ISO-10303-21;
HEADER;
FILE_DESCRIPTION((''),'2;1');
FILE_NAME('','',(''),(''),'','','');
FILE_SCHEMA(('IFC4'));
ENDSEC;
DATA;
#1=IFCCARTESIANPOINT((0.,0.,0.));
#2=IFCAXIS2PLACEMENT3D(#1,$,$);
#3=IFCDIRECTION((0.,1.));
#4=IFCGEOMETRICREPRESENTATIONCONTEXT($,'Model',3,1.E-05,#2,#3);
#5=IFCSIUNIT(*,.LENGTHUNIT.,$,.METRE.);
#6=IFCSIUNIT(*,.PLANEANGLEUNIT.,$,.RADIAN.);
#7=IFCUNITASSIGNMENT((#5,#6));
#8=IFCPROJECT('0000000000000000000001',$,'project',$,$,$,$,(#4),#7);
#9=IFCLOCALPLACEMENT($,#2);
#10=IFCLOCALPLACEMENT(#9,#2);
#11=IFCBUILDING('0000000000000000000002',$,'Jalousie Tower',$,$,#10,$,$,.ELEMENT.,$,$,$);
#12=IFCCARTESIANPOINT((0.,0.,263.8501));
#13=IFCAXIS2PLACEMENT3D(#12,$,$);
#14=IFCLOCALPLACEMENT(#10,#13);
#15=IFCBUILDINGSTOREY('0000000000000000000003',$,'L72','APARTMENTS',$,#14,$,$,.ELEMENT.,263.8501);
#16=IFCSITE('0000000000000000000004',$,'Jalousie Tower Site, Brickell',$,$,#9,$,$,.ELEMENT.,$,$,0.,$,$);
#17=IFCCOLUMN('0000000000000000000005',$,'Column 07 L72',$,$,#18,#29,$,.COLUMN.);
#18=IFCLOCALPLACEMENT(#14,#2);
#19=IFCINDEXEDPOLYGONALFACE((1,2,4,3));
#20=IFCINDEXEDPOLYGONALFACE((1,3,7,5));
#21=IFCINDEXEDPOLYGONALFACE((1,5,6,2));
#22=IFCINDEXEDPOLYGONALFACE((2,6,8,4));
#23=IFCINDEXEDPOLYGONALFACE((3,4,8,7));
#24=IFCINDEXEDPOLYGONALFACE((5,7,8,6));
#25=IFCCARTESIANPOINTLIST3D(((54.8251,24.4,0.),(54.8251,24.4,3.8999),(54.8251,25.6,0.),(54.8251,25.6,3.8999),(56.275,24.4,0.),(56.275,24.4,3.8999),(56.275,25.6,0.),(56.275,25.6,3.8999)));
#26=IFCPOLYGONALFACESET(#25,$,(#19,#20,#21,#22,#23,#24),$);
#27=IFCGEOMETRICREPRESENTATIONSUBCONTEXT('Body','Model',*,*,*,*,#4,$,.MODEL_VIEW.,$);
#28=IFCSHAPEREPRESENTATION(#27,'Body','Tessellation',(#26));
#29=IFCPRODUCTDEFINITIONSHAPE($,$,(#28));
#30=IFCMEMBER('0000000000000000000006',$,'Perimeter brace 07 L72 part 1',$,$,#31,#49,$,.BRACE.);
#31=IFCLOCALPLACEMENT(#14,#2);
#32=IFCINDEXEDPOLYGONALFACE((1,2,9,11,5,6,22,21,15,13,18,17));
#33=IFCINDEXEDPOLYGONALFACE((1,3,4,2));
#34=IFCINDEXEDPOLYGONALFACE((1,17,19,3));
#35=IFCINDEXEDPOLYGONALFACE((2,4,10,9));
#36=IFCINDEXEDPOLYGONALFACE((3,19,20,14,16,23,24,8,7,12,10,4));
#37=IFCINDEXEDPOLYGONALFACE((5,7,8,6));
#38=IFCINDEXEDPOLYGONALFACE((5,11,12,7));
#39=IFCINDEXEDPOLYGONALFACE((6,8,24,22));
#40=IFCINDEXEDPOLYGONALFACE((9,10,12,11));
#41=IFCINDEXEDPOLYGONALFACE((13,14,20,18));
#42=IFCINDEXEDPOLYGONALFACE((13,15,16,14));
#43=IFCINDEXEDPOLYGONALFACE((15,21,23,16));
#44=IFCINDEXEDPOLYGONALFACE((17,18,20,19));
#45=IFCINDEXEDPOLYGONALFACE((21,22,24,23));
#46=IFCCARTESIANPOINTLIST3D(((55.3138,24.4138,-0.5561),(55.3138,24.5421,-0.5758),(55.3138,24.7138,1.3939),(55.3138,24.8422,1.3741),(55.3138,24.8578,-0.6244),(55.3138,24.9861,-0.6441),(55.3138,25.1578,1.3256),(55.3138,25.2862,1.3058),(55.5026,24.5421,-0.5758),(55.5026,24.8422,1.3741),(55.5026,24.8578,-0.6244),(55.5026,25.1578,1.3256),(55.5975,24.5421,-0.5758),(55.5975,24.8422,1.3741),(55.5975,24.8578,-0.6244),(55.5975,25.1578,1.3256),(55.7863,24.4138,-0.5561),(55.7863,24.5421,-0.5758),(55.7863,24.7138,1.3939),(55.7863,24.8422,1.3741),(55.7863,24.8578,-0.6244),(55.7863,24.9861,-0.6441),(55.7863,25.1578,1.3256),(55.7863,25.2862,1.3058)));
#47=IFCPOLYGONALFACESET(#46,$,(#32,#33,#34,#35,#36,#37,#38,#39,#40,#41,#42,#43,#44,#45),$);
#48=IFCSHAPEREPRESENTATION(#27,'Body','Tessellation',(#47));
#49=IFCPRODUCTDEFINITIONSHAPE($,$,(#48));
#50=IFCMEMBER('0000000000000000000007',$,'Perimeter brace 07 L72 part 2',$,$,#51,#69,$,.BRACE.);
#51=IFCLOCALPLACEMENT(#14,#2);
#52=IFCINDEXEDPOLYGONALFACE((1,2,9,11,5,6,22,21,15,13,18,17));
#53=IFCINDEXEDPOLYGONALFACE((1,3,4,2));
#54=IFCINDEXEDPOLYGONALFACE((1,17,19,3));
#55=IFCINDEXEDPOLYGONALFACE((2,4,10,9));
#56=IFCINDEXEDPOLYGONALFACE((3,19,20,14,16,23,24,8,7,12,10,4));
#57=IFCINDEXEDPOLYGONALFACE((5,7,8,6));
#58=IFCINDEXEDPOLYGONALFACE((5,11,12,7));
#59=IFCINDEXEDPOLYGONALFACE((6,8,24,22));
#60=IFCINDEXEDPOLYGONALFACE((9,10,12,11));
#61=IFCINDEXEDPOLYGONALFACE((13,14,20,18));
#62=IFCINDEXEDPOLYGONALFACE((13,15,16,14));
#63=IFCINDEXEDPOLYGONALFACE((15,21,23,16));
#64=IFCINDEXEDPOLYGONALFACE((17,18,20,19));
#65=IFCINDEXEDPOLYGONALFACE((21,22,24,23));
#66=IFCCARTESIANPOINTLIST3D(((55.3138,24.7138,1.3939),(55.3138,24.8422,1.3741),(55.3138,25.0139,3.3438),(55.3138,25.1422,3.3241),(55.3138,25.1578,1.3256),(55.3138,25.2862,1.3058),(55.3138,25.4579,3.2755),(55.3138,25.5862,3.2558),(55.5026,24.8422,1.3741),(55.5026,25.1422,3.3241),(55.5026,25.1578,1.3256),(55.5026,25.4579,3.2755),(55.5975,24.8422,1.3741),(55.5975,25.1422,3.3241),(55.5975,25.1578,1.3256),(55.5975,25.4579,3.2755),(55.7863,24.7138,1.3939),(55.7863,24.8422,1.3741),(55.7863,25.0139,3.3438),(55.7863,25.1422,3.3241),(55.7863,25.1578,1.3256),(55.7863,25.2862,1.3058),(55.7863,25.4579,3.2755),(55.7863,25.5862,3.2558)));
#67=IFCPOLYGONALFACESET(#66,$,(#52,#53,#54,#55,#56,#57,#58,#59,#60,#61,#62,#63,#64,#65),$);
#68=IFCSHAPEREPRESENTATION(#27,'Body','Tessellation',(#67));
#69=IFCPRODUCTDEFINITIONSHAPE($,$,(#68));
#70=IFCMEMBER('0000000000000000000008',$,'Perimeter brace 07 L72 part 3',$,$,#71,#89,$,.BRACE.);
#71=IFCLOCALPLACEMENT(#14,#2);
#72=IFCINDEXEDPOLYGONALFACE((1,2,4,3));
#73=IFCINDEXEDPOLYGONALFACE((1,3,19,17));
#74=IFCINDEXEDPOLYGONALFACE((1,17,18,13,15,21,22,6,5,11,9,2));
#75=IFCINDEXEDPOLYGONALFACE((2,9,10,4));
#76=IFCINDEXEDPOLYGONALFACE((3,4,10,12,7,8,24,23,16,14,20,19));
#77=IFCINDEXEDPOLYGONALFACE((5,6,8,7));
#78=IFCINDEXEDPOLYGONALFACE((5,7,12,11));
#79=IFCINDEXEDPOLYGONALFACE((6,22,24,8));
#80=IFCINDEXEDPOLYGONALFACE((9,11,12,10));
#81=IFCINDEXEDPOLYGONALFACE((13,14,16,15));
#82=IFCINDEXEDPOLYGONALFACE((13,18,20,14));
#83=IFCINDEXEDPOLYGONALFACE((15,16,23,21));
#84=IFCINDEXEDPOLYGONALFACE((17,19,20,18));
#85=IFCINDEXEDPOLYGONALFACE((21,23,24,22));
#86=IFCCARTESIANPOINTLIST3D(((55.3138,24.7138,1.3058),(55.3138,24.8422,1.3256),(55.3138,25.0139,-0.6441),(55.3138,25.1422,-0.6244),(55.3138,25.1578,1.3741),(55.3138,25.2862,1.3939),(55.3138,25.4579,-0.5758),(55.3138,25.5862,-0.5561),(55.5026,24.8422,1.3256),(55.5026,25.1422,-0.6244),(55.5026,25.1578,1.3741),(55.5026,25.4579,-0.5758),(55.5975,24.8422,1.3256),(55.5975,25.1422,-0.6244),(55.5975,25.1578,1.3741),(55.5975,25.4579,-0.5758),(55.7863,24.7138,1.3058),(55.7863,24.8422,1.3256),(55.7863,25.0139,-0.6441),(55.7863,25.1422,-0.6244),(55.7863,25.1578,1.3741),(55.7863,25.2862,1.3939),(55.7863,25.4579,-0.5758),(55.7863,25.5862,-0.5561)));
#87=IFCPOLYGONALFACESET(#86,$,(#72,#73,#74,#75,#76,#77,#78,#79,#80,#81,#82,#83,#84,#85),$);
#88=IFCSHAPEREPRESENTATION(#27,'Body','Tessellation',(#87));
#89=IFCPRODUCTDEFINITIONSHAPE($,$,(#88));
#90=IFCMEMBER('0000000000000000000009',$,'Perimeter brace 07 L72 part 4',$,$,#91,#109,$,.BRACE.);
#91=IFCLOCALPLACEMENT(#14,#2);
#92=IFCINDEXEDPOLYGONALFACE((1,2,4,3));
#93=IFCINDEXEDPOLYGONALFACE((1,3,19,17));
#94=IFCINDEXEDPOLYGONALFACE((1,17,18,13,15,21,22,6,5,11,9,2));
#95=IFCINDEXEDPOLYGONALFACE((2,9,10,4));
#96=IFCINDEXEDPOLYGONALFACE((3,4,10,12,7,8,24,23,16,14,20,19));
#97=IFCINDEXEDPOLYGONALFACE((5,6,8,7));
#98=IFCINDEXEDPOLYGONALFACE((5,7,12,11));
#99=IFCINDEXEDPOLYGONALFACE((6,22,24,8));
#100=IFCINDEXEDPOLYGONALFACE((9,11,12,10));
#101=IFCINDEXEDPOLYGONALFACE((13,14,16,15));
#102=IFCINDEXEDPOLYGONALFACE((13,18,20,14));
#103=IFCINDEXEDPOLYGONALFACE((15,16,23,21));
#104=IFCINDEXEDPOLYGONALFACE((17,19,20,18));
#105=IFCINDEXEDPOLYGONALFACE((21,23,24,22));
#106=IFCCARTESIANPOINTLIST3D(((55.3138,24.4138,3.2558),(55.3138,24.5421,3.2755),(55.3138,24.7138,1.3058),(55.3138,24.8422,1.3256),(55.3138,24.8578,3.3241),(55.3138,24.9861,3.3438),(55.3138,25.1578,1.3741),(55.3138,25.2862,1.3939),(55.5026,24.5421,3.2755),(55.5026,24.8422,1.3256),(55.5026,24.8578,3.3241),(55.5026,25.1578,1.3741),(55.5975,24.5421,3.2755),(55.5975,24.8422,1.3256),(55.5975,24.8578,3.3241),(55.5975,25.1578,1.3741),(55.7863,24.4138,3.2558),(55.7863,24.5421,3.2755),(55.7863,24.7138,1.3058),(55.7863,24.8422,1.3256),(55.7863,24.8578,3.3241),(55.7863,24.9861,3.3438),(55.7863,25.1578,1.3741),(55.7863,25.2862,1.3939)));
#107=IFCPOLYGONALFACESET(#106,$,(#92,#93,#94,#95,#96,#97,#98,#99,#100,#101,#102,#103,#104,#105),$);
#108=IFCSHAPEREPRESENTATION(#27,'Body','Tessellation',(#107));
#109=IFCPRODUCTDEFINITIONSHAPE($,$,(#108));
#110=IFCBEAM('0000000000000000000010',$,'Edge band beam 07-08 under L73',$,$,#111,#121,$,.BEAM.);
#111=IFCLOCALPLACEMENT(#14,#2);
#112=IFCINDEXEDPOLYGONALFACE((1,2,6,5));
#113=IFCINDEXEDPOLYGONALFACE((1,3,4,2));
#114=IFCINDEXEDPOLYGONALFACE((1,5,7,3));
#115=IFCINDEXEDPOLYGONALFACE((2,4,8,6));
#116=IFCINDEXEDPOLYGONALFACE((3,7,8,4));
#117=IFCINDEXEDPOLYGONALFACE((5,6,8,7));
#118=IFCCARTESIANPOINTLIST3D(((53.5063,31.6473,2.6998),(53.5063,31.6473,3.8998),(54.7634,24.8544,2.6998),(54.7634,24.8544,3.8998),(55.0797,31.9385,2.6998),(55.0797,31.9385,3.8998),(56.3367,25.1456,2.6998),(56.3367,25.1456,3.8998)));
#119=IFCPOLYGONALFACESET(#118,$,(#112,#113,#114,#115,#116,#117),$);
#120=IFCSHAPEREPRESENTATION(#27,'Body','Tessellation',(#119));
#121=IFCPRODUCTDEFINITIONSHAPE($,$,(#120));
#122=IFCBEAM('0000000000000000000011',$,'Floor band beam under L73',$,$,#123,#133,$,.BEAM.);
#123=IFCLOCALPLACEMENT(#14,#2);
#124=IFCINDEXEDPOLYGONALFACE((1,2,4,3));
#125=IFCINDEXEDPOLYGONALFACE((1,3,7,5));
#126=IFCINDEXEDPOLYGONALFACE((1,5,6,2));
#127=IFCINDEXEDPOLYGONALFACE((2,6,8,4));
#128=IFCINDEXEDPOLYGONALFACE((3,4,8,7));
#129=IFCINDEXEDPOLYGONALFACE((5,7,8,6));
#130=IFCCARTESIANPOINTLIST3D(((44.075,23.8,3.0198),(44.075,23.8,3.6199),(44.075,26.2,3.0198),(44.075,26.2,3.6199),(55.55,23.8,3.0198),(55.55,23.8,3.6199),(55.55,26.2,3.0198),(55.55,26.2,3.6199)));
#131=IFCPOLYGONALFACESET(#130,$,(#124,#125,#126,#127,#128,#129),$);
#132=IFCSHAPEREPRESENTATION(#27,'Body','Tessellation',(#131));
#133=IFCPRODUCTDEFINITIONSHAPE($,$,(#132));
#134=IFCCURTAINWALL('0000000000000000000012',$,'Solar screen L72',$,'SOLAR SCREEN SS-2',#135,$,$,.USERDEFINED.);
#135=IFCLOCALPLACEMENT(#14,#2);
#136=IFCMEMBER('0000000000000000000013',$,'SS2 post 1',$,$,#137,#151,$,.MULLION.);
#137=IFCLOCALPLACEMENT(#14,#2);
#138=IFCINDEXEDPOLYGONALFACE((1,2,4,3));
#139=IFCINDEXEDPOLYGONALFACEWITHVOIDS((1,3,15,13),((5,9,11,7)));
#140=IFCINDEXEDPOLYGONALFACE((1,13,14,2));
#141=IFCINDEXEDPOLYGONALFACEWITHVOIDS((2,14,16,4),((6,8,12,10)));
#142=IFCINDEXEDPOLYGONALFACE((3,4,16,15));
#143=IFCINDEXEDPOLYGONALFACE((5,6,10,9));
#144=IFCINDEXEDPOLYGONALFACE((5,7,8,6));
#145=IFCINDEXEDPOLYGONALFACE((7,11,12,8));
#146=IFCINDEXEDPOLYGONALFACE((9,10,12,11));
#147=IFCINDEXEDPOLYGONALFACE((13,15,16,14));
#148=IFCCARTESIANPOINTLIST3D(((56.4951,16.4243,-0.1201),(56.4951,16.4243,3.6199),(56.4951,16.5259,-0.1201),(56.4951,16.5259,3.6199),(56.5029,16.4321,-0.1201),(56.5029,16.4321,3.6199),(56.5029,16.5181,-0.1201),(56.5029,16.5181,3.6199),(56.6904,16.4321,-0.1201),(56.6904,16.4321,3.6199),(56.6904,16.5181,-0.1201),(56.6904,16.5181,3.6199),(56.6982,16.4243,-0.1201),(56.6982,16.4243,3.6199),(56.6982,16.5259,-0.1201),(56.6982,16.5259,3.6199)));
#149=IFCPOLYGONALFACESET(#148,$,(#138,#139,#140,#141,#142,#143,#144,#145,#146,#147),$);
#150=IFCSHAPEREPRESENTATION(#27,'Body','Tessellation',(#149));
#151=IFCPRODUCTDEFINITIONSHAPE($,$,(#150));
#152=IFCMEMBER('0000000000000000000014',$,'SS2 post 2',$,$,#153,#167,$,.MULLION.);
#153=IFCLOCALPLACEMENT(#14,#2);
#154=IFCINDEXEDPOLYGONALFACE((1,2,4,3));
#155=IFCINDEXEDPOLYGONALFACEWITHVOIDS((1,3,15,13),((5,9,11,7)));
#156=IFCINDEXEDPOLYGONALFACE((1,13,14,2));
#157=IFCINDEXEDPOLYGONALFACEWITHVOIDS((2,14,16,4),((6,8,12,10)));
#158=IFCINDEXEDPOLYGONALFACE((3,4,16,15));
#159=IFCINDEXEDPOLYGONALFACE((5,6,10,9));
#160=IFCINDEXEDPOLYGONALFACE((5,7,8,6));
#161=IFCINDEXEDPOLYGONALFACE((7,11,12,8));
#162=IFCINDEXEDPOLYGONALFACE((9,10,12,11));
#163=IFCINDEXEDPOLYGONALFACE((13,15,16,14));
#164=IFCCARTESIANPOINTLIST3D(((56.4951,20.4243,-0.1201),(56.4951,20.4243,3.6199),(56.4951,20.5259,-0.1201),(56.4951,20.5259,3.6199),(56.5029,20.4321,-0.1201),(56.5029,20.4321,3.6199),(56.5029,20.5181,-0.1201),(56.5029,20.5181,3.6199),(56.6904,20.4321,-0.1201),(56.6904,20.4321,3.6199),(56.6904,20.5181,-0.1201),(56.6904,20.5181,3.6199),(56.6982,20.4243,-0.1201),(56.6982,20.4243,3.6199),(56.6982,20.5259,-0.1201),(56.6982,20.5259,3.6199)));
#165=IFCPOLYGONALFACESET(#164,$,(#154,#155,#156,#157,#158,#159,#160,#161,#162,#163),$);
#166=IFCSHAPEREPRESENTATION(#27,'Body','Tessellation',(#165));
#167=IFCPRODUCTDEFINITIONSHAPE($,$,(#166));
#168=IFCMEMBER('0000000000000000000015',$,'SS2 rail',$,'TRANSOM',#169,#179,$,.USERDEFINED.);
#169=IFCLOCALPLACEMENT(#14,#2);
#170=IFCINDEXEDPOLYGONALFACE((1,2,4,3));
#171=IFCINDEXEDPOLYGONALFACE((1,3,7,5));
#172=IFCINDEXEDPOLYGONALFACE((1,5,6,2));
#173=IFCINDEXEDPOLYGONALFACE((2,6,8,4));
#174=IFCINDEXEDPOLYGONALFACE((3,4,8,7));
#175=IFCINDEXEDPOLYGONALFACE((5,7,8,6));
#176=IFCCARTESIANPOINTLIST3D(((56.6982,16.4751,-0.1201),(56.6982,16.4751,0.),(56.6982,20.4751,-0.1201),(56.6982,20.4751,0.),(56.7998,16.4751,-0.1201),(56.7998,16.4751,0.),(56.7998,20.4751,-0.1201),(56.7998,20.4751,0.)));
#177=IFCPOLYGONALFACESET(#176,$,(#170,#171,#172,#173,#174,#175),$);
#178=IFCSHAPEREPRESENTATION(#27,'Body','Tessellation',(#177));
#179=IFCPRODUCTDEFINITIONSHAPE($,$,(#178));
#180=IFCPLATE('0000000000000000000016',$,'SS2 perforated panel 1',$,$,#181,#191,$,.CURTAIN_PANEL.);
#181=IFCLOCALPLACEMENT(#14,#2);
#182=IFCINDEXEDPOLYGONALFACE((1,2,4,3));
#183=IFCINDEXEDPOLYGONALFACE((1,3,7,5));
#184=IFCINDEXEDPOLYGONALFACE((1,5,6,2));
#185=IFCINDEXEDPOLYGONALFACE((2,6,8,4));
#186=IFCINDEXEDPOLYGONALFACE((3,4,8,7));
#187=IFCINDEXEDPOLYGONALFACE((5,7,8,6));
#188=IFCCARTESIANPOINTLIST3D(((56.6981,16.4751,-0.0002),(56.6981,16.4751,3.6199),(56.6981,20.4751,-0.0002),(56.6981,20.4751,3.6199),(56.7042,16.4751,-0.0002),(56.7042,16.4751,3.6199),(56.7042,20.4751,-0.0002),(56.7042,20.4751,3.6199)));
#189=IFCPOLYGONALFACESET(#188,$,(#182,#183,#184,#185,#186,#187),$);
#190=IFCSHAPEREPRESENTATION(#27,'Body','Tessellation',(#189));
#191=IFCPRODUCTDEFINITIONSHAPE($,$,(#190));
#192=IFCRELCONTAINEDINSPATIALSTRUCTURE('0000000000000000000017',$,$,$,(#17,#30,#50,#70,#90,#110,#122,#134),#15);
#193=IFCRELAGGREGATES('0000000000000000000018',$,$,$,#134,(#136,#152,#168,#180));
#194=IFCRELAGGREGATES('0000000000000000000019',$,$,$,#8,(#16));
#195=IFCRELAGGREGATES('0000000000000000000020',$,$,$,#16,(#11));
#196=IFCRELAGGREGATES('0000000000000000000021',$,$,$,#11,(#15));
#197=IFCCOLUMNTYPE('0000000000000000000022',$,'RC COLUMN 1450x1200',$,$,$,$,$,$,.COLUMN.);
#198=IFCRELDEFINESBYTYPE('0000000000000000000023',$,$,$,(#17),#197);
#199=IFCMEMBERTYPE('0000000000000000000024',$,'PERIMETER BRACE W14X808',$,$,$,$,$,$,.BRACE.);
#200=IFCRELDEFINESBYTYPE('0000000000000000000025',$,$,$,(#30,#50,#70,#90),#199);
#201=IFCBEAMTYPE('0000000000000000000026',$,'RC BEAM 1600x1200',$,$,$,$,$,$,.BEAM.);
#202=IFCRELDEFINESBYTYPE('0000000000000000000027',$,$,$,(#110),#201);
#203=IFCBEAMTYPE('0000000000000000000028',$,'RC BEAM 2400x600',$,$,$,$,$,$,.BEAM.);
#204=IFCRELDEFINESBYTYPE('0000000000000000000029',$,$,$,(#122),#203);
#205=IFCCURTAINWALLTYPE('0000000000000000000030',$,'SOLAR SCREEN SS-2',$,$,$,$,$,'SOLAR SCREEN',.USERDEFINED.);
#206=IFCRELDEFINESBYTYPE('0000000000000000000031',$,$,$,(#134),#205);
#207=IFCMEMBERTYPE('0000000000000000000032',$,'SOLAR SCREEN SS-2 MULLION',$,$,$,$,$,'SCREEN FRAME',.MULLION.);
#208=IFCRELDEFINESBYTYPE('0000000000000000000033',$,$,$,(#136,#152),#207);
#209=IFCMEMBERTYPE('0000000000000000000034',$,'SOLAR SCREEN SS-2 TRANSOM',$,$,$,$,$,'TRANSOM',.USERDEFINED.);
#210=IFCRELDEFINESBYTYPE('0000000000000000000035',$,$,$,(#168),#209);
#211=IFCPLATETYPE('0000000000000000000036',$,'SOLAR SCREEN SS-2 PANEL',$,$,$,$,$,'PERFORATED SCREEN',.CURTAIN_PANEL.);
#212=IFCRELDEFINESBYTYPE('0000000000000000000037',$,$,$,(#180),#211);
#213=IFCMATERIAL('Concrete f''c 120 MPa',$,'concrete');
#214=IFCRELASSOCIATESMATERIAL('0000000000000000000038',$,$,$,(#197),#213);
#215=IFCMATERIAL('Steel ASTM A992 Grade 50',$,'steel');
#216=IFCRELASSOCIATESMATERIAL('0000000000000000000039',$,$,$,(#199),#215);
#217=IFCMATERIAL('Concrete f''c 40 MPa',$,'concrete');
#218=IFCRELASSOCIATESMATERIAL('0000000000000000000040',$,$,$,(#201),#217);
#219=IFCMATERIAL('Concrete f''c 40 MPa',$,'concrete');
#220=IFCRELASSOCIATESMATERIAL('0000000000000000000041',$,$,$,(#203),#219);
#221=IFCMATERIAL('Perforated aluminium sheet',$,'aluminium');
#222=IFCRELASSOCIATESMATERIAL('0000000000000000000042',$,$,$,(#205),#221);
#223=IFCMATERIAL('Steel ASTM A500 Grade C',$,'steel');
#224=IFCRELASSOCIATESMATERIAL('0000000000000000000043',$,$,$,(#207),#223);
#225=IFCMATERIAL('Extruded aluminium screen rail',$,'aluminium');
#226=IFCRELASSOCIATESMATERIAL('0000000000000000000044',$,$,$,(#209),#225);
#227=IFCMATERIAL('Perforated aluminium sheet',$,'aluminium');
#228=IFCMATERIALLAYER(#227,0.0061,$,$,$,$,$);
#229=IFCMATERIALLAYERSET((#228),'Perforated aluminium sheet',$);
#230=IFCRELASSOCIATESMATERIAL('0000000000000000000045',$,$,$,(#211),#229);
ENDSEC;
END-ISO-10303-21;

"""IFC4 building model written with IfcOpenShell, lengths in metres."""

from ifc_helpers import new_model, si_unit, direction, frame, origin, origin_2d, place, context, subcontext, project, spatial, rectangle, hollow_rectangle, i_section, extrude, material, layer, layer_set, material_profile, profile_set, type_object, element, aggregate, save


model = new_model("IFC4")

# Units and contexts
model_context = context("Model", 3, precision=1e-05, world=origin(), true_north=direction((0.0, 1.0)))
body_context = subcontext(model_context, "Body", "Model", "MODEL_VIEW")
ifc_project = project(units=[si_unit("LENGTHUNIT", "METRE"), si_unit("PLANEANGLEUNIT", "RADIAN")], contexts=[model_context])

# Site, building, storey
site_placement = place(None, origin())
site = spatial("IfcSite", under=ifc_project, at=site_placement, Name="Jalousie Tower Site, Brickell", CompositionType="ELEMENT", RefElevation=0.0)
building_placement = place(site_placement, origin())
building = spatial("IfcBuilding", under=site, at=building_placement, Name="Jalousie Tower", CompositionType="ELEMENT")
storey_placement = place(building_placement, frame((0.0, 0.0, 263.8501)))
storey = spatial("IfcBuildingStorey", under=building, at=storey_placement, Name="L72", Description="APARTMENTS", CompositionType="ELEMENT", Elevation=263.8501)

# Column
ifc_material_1 = material(Name="Concrete f'c 120 MPa", Category="concrete")
ifc_material_profile_1 = material_profile(ifc_material_1, rectangle(XDim=1.45, YDim=1.2, at=origin_2d()), Name="RC 1450x1200")
ifc_profile_set_1 = profile_set([ifc_material_profile_1], Name="Concrete f'c 120 MPa")
column_type = type_object("IfcColumnType", Name="RC COLUMN 1450x1200", PredefinedType="COLUMN", material=ifc_profile_set_1)
column_placement = place(storey_placement, frame((55.55, 25.0, 0.0), z_axis=(0.0, 0.0, 1.0), x_axis=(1.0, 0.0, 0.0)))
element("IfcColumn", 1, at=column_placement, inside=storey, type_object=column_type, Name="Column 07 L72", PredefinedType="COLUMN", context=body_context, shape_type="SweptSolid", body=[
    extrude(rectangle(XDim=1.45, YDim=1.2, at=origin_2d()), origin(), (0.0, 0.0, 1.0), 3.8999),
])

# Members
ifc_material_2 = material(Name="Steel ASTM A992 Grade 50", Category="steel")
ifc_material_profile_2 = material_profile(ifc_material_2, i_section(OverallWidth=0.4724, OverallDepth=0.5791, WebThickness=0.095, FlangeThickness=0.1299, at=origin_2d()), Name="W14X808")
ifc_profile_set_2 = profile_set([ifc_material_profile_2], Name="Steel ASTM A992 Grade 50")
member_type_1 = type_object("IfcMemberType", Name="PERIMETER BRACE W14X808", PredefinedType="BRACE", material=ifc_profile_set_2)
for number, where, z_axis, x_axis, name in (
    (2, (55.55, 24.7, -0.6001), (0.0, 0.152085, 0.988367), (-1.0, 0.0, 0.0), "Perimeter brace 07 L72 part 1"),
    (3, (55.55, 25.0, 1.3499), (0.0, 0.152085, 0.988367), (-1.0, 0.0, 0.0), "Perimeter brace 07 L72 part 2"),
    (4, (55.55, 25.3, -0.6001), (0.0, -0.152085, 0.988367), (1.0, 0.0, 0.0), "Perimeter brace 07 L72 part 3"),
    (5, (55.55, 25.0, 1.3499), (0.0, -0.152085, 0.988367), (1.0, 0.0, 0.0), "Perimeter brace 07 L72 part 4"),
):
    element("IfcMember", number, at=place(storey_placement, frame(where, z_axis=z_axis, x_axis=x_axis)), inside=storey, type_object=member_type_1, Name=name, PredefinedType="BRACE", context=body_context, shape_type="SweptSolid", body=[
        extrude(i_section(OverallWidth=0.4724, OverallDepth=0.5791, WebThickness=0.095, FlangeThickness=0.1299, at=origin_2d()), origin(), (0.0, 0.0, 1.0), 1.9729),
    ])

# Beams
ifc_material_3 = material(Name="Concrete f'c 40 MPa", Category="concrete")
ifc_material_profile_3 = material_profile(ifc_material_3, rectangle(XDim=1.6001, YDim=1.2, at=origin_2d()), Name="RC 1600x1200")
ifc_profile_set_3 = profile_set([ifc_material_profile_3], Name="Concrete f'c 40 MPa")
beam_type_1 = type_object("IfcBeamType", Name="RC BEAM 1600x1200", PredefinedType="BEAM", material=ifc_profile_set_3)
beam_1_placement = place(storey_placement, frame((55.55, 25.0, 3.2998), z_axis=(-0.181967, 0.983305, 0.0), x_axis=(-0.983305, -0.181967, 0.0)))
element("IfcBeam", 6, at=beam_1_placement, inside=storey, type_object=beam_type_1, Name="Edge band beam 07-08 under L73", PredefinedType="BEAM", context=body_context, shape_type="SweptSolid", body=[
    extrude(rectangle(XDim=1.6001, YDim=1.2, at=origin_2d()), origin(), (0.0, 0.0, 1.0), 6.9082),
])
ifc_material_4 = material(Name="Concrete f'c 40 MPa", Category="concrete")
ifc_material_profile_4 = material_profile(ifc_material_4, rectangle(XDim=2.3999, YDim=0.6001, at=origin_2d()), Name="RC 2400x600")
ifc_profile_set_4 = profile_set([ifc_material_profile_4], Name="Concrete f'c 40 MPa")
beam_type_2 = type_object("IfcBeamType", Name="RC BEAM 2400x600", PredefinedType="BEAM", material=ifc_profile_set_4)
beam_2_placement = place(storey_placement, frame((55.55, 25.0, 3.3198), z_axis=(-1.0, 0.0, 0.0), x_axis=(0.0, -1.0, 0.0)))
element("IfcBeam", 7, at=beam_2_placement, inside=storey, type_object=beam_type_2, Name="Floor band beam under L73", PredefinedType="BEAM", context=body_context, shape_type="SweptSolid", body=[
    extrude(rectangle(XDim=2.3999, YDim=0.6001, at=origin_2d()), origin(), (0.0, 0.0, 1.0), 11.4751),
])

# Curtain wall, members, plate
ifc_material_5 = material(Name="Perforated aluminium sheet", Category="aluminium")
curtain_wall_type = type_object("IfcCurtainWallType", Name="SOLAR SCREEN SS-2", ElementType="SOLAR SCREEN", PredefinedType="USERDEFINED", material=ifc_material_5)
curtain_wall_placement = place(storey_placement, origin())
curtain_wall = element("IfcCurtainWall", 8, at=curtain_wall_placement, inside=storey, type_object=curtain_wall_type, Name="Solar screen L72", ObjectType="SOLAR SCREEN SS-2", PredefinedType="USERDEFINED")
ifc_material_6 = material(Name="Steel ASTM A500 Grade C", Category="steel")
ifc_material_profile_5 = material_profile(ifc_material_6, hollow_rectangle(XDim=0.1016, YDim=0.2031, WallThickness=0.0078, at=origin_2d()), Name="HSS8X4X5/16")
ifc_profile_set_5 = profile_set([ifc_material_profile_5], Name="Steel ASTM A500 Grade C")
member_type_2 = type_object("IfcMemberType", Name="SOLAR SCREEN SS-2 MULLION", ElementType="SCREEN FRAME", PredefinedType="MULLION", material=ifc_profile_set_5)
member_1_placement = place(storey_placement, frame((56.5967, 16.4751, -0.1201), z_axis=(0.0, 0.0, 1.0), x_axis=(0.0, 1.0, 0.0)))
member_1 = element("IfcMember", 9, at=member_1_placement, type_object=member_type_2, Name="SS2 post 1", PredefinedType="MULLION", context=body_context, shape_type="SweptSolid", body=[
    extrude(hollow_rectangle(XDim=0.1016, YDim=0.2031, WallThickness=0.0078, at=origin_2d()), origin(), (0.0, 0.0, 1.0), 3.74),
])
member_2_placement = place(storey_placement, frame((56.5967, 20.4751, -0.1201), z_axis=(0.0, 0.0, 1.0), x_axis=(0.0, 1.0, 0.0)))
member_2 = element("IfcMember", 10, at=member_2_placement, type_object=member_type_2, Name="SS2 post 2", PredefinedType="MULLION", context=body_context, shape_type="SweptSolid", body=[
    extrude(hollow_rectangle(XDim=0.1016, YDim=0.2031, WallThickness=0.0078, at=origin_2d()), origin(), (0.0, 0.0, 1.0), 3.74),
])
ifc_material_7 = material(Name="Extruded aluminium screen rail", Category="aluminium")
ifc_material_profile_6 = material_profile(ifc_material_7, rectangle(XDim=0.1016, YDim=0.1201, at=origin_2d()), Name="RAIL 102x120")
ifc_profile_set_6 = profile_set([ifc_material_profile_6], Name="Extruded aluminium screen rail")
member_type_3 = type_object("IfcMemberType", Name="SOLAR SCREEN SS-2 TRANSOM", ElementType="TRANSOM", PredefinedType="USERDEFINED", material=ifc_profile_set_6)
member_3_placement = place(storey_placement, frame((56.749, 16.4751, -0.0601), z_axis=(0.0, 1.0, 0.0), x_axis=(-1.0, 0.0, 0.0)))
member_3 = element("IfcMember", 11, at=member_3_placement, type_object=member_type_3, Name="SS2 rail", ObjectType="TRANSOM", PredefinedType="USERDEFINED", context=body_context, shape_type="SweptSolid", body=[
    extrude(rectangle(XDim=0.1016, YDim=0.1201, at=origin_2d()), origin(), (0.0, 0.0, 1.0), 4.0),
])
ifc_material_8 = material(Name="Perforated aluminium sheet", Category="aluminium")
ifc_layer_1 = layer(ifc_material_8, 0.0061)
ifc_layer_set_1 = layer_set([ifc_layer_1], Name="Perforated aluminium sheet")
plate_type = type_object("IfcPlateType", Name="SOLAR SCREEN SS-2 PANEL", ElementType="PERFORATED SCREEN", PredefinedType="CURTAIN_PANEL", material=ifc_layer_set_1)
plate_placement = place(storey_placement, frame((56.7012, 18.4751, -0.0002), z_axis=(0.0, 0.0, 1.0), x_axis=(0.0, 1.0, 0.0)))
plate = element("IfcPlate", 12, at=plate_placement, type_object=plate_type, Name="SS2 perforated panel 1", PredefinedType="CURTAIN_PANEL", context=body_context, shape_type="SweptSolid", body=[
    extrude(rectangle(XDim=4.0, YDim=0.0061, at=origin_2d()), origin(), (0.0, 0.0, 1.0), 3.6201),
])
aggregate(curtain_wall, [member_1, member_2, member_3, plate])

save(model, "model.ifc")
